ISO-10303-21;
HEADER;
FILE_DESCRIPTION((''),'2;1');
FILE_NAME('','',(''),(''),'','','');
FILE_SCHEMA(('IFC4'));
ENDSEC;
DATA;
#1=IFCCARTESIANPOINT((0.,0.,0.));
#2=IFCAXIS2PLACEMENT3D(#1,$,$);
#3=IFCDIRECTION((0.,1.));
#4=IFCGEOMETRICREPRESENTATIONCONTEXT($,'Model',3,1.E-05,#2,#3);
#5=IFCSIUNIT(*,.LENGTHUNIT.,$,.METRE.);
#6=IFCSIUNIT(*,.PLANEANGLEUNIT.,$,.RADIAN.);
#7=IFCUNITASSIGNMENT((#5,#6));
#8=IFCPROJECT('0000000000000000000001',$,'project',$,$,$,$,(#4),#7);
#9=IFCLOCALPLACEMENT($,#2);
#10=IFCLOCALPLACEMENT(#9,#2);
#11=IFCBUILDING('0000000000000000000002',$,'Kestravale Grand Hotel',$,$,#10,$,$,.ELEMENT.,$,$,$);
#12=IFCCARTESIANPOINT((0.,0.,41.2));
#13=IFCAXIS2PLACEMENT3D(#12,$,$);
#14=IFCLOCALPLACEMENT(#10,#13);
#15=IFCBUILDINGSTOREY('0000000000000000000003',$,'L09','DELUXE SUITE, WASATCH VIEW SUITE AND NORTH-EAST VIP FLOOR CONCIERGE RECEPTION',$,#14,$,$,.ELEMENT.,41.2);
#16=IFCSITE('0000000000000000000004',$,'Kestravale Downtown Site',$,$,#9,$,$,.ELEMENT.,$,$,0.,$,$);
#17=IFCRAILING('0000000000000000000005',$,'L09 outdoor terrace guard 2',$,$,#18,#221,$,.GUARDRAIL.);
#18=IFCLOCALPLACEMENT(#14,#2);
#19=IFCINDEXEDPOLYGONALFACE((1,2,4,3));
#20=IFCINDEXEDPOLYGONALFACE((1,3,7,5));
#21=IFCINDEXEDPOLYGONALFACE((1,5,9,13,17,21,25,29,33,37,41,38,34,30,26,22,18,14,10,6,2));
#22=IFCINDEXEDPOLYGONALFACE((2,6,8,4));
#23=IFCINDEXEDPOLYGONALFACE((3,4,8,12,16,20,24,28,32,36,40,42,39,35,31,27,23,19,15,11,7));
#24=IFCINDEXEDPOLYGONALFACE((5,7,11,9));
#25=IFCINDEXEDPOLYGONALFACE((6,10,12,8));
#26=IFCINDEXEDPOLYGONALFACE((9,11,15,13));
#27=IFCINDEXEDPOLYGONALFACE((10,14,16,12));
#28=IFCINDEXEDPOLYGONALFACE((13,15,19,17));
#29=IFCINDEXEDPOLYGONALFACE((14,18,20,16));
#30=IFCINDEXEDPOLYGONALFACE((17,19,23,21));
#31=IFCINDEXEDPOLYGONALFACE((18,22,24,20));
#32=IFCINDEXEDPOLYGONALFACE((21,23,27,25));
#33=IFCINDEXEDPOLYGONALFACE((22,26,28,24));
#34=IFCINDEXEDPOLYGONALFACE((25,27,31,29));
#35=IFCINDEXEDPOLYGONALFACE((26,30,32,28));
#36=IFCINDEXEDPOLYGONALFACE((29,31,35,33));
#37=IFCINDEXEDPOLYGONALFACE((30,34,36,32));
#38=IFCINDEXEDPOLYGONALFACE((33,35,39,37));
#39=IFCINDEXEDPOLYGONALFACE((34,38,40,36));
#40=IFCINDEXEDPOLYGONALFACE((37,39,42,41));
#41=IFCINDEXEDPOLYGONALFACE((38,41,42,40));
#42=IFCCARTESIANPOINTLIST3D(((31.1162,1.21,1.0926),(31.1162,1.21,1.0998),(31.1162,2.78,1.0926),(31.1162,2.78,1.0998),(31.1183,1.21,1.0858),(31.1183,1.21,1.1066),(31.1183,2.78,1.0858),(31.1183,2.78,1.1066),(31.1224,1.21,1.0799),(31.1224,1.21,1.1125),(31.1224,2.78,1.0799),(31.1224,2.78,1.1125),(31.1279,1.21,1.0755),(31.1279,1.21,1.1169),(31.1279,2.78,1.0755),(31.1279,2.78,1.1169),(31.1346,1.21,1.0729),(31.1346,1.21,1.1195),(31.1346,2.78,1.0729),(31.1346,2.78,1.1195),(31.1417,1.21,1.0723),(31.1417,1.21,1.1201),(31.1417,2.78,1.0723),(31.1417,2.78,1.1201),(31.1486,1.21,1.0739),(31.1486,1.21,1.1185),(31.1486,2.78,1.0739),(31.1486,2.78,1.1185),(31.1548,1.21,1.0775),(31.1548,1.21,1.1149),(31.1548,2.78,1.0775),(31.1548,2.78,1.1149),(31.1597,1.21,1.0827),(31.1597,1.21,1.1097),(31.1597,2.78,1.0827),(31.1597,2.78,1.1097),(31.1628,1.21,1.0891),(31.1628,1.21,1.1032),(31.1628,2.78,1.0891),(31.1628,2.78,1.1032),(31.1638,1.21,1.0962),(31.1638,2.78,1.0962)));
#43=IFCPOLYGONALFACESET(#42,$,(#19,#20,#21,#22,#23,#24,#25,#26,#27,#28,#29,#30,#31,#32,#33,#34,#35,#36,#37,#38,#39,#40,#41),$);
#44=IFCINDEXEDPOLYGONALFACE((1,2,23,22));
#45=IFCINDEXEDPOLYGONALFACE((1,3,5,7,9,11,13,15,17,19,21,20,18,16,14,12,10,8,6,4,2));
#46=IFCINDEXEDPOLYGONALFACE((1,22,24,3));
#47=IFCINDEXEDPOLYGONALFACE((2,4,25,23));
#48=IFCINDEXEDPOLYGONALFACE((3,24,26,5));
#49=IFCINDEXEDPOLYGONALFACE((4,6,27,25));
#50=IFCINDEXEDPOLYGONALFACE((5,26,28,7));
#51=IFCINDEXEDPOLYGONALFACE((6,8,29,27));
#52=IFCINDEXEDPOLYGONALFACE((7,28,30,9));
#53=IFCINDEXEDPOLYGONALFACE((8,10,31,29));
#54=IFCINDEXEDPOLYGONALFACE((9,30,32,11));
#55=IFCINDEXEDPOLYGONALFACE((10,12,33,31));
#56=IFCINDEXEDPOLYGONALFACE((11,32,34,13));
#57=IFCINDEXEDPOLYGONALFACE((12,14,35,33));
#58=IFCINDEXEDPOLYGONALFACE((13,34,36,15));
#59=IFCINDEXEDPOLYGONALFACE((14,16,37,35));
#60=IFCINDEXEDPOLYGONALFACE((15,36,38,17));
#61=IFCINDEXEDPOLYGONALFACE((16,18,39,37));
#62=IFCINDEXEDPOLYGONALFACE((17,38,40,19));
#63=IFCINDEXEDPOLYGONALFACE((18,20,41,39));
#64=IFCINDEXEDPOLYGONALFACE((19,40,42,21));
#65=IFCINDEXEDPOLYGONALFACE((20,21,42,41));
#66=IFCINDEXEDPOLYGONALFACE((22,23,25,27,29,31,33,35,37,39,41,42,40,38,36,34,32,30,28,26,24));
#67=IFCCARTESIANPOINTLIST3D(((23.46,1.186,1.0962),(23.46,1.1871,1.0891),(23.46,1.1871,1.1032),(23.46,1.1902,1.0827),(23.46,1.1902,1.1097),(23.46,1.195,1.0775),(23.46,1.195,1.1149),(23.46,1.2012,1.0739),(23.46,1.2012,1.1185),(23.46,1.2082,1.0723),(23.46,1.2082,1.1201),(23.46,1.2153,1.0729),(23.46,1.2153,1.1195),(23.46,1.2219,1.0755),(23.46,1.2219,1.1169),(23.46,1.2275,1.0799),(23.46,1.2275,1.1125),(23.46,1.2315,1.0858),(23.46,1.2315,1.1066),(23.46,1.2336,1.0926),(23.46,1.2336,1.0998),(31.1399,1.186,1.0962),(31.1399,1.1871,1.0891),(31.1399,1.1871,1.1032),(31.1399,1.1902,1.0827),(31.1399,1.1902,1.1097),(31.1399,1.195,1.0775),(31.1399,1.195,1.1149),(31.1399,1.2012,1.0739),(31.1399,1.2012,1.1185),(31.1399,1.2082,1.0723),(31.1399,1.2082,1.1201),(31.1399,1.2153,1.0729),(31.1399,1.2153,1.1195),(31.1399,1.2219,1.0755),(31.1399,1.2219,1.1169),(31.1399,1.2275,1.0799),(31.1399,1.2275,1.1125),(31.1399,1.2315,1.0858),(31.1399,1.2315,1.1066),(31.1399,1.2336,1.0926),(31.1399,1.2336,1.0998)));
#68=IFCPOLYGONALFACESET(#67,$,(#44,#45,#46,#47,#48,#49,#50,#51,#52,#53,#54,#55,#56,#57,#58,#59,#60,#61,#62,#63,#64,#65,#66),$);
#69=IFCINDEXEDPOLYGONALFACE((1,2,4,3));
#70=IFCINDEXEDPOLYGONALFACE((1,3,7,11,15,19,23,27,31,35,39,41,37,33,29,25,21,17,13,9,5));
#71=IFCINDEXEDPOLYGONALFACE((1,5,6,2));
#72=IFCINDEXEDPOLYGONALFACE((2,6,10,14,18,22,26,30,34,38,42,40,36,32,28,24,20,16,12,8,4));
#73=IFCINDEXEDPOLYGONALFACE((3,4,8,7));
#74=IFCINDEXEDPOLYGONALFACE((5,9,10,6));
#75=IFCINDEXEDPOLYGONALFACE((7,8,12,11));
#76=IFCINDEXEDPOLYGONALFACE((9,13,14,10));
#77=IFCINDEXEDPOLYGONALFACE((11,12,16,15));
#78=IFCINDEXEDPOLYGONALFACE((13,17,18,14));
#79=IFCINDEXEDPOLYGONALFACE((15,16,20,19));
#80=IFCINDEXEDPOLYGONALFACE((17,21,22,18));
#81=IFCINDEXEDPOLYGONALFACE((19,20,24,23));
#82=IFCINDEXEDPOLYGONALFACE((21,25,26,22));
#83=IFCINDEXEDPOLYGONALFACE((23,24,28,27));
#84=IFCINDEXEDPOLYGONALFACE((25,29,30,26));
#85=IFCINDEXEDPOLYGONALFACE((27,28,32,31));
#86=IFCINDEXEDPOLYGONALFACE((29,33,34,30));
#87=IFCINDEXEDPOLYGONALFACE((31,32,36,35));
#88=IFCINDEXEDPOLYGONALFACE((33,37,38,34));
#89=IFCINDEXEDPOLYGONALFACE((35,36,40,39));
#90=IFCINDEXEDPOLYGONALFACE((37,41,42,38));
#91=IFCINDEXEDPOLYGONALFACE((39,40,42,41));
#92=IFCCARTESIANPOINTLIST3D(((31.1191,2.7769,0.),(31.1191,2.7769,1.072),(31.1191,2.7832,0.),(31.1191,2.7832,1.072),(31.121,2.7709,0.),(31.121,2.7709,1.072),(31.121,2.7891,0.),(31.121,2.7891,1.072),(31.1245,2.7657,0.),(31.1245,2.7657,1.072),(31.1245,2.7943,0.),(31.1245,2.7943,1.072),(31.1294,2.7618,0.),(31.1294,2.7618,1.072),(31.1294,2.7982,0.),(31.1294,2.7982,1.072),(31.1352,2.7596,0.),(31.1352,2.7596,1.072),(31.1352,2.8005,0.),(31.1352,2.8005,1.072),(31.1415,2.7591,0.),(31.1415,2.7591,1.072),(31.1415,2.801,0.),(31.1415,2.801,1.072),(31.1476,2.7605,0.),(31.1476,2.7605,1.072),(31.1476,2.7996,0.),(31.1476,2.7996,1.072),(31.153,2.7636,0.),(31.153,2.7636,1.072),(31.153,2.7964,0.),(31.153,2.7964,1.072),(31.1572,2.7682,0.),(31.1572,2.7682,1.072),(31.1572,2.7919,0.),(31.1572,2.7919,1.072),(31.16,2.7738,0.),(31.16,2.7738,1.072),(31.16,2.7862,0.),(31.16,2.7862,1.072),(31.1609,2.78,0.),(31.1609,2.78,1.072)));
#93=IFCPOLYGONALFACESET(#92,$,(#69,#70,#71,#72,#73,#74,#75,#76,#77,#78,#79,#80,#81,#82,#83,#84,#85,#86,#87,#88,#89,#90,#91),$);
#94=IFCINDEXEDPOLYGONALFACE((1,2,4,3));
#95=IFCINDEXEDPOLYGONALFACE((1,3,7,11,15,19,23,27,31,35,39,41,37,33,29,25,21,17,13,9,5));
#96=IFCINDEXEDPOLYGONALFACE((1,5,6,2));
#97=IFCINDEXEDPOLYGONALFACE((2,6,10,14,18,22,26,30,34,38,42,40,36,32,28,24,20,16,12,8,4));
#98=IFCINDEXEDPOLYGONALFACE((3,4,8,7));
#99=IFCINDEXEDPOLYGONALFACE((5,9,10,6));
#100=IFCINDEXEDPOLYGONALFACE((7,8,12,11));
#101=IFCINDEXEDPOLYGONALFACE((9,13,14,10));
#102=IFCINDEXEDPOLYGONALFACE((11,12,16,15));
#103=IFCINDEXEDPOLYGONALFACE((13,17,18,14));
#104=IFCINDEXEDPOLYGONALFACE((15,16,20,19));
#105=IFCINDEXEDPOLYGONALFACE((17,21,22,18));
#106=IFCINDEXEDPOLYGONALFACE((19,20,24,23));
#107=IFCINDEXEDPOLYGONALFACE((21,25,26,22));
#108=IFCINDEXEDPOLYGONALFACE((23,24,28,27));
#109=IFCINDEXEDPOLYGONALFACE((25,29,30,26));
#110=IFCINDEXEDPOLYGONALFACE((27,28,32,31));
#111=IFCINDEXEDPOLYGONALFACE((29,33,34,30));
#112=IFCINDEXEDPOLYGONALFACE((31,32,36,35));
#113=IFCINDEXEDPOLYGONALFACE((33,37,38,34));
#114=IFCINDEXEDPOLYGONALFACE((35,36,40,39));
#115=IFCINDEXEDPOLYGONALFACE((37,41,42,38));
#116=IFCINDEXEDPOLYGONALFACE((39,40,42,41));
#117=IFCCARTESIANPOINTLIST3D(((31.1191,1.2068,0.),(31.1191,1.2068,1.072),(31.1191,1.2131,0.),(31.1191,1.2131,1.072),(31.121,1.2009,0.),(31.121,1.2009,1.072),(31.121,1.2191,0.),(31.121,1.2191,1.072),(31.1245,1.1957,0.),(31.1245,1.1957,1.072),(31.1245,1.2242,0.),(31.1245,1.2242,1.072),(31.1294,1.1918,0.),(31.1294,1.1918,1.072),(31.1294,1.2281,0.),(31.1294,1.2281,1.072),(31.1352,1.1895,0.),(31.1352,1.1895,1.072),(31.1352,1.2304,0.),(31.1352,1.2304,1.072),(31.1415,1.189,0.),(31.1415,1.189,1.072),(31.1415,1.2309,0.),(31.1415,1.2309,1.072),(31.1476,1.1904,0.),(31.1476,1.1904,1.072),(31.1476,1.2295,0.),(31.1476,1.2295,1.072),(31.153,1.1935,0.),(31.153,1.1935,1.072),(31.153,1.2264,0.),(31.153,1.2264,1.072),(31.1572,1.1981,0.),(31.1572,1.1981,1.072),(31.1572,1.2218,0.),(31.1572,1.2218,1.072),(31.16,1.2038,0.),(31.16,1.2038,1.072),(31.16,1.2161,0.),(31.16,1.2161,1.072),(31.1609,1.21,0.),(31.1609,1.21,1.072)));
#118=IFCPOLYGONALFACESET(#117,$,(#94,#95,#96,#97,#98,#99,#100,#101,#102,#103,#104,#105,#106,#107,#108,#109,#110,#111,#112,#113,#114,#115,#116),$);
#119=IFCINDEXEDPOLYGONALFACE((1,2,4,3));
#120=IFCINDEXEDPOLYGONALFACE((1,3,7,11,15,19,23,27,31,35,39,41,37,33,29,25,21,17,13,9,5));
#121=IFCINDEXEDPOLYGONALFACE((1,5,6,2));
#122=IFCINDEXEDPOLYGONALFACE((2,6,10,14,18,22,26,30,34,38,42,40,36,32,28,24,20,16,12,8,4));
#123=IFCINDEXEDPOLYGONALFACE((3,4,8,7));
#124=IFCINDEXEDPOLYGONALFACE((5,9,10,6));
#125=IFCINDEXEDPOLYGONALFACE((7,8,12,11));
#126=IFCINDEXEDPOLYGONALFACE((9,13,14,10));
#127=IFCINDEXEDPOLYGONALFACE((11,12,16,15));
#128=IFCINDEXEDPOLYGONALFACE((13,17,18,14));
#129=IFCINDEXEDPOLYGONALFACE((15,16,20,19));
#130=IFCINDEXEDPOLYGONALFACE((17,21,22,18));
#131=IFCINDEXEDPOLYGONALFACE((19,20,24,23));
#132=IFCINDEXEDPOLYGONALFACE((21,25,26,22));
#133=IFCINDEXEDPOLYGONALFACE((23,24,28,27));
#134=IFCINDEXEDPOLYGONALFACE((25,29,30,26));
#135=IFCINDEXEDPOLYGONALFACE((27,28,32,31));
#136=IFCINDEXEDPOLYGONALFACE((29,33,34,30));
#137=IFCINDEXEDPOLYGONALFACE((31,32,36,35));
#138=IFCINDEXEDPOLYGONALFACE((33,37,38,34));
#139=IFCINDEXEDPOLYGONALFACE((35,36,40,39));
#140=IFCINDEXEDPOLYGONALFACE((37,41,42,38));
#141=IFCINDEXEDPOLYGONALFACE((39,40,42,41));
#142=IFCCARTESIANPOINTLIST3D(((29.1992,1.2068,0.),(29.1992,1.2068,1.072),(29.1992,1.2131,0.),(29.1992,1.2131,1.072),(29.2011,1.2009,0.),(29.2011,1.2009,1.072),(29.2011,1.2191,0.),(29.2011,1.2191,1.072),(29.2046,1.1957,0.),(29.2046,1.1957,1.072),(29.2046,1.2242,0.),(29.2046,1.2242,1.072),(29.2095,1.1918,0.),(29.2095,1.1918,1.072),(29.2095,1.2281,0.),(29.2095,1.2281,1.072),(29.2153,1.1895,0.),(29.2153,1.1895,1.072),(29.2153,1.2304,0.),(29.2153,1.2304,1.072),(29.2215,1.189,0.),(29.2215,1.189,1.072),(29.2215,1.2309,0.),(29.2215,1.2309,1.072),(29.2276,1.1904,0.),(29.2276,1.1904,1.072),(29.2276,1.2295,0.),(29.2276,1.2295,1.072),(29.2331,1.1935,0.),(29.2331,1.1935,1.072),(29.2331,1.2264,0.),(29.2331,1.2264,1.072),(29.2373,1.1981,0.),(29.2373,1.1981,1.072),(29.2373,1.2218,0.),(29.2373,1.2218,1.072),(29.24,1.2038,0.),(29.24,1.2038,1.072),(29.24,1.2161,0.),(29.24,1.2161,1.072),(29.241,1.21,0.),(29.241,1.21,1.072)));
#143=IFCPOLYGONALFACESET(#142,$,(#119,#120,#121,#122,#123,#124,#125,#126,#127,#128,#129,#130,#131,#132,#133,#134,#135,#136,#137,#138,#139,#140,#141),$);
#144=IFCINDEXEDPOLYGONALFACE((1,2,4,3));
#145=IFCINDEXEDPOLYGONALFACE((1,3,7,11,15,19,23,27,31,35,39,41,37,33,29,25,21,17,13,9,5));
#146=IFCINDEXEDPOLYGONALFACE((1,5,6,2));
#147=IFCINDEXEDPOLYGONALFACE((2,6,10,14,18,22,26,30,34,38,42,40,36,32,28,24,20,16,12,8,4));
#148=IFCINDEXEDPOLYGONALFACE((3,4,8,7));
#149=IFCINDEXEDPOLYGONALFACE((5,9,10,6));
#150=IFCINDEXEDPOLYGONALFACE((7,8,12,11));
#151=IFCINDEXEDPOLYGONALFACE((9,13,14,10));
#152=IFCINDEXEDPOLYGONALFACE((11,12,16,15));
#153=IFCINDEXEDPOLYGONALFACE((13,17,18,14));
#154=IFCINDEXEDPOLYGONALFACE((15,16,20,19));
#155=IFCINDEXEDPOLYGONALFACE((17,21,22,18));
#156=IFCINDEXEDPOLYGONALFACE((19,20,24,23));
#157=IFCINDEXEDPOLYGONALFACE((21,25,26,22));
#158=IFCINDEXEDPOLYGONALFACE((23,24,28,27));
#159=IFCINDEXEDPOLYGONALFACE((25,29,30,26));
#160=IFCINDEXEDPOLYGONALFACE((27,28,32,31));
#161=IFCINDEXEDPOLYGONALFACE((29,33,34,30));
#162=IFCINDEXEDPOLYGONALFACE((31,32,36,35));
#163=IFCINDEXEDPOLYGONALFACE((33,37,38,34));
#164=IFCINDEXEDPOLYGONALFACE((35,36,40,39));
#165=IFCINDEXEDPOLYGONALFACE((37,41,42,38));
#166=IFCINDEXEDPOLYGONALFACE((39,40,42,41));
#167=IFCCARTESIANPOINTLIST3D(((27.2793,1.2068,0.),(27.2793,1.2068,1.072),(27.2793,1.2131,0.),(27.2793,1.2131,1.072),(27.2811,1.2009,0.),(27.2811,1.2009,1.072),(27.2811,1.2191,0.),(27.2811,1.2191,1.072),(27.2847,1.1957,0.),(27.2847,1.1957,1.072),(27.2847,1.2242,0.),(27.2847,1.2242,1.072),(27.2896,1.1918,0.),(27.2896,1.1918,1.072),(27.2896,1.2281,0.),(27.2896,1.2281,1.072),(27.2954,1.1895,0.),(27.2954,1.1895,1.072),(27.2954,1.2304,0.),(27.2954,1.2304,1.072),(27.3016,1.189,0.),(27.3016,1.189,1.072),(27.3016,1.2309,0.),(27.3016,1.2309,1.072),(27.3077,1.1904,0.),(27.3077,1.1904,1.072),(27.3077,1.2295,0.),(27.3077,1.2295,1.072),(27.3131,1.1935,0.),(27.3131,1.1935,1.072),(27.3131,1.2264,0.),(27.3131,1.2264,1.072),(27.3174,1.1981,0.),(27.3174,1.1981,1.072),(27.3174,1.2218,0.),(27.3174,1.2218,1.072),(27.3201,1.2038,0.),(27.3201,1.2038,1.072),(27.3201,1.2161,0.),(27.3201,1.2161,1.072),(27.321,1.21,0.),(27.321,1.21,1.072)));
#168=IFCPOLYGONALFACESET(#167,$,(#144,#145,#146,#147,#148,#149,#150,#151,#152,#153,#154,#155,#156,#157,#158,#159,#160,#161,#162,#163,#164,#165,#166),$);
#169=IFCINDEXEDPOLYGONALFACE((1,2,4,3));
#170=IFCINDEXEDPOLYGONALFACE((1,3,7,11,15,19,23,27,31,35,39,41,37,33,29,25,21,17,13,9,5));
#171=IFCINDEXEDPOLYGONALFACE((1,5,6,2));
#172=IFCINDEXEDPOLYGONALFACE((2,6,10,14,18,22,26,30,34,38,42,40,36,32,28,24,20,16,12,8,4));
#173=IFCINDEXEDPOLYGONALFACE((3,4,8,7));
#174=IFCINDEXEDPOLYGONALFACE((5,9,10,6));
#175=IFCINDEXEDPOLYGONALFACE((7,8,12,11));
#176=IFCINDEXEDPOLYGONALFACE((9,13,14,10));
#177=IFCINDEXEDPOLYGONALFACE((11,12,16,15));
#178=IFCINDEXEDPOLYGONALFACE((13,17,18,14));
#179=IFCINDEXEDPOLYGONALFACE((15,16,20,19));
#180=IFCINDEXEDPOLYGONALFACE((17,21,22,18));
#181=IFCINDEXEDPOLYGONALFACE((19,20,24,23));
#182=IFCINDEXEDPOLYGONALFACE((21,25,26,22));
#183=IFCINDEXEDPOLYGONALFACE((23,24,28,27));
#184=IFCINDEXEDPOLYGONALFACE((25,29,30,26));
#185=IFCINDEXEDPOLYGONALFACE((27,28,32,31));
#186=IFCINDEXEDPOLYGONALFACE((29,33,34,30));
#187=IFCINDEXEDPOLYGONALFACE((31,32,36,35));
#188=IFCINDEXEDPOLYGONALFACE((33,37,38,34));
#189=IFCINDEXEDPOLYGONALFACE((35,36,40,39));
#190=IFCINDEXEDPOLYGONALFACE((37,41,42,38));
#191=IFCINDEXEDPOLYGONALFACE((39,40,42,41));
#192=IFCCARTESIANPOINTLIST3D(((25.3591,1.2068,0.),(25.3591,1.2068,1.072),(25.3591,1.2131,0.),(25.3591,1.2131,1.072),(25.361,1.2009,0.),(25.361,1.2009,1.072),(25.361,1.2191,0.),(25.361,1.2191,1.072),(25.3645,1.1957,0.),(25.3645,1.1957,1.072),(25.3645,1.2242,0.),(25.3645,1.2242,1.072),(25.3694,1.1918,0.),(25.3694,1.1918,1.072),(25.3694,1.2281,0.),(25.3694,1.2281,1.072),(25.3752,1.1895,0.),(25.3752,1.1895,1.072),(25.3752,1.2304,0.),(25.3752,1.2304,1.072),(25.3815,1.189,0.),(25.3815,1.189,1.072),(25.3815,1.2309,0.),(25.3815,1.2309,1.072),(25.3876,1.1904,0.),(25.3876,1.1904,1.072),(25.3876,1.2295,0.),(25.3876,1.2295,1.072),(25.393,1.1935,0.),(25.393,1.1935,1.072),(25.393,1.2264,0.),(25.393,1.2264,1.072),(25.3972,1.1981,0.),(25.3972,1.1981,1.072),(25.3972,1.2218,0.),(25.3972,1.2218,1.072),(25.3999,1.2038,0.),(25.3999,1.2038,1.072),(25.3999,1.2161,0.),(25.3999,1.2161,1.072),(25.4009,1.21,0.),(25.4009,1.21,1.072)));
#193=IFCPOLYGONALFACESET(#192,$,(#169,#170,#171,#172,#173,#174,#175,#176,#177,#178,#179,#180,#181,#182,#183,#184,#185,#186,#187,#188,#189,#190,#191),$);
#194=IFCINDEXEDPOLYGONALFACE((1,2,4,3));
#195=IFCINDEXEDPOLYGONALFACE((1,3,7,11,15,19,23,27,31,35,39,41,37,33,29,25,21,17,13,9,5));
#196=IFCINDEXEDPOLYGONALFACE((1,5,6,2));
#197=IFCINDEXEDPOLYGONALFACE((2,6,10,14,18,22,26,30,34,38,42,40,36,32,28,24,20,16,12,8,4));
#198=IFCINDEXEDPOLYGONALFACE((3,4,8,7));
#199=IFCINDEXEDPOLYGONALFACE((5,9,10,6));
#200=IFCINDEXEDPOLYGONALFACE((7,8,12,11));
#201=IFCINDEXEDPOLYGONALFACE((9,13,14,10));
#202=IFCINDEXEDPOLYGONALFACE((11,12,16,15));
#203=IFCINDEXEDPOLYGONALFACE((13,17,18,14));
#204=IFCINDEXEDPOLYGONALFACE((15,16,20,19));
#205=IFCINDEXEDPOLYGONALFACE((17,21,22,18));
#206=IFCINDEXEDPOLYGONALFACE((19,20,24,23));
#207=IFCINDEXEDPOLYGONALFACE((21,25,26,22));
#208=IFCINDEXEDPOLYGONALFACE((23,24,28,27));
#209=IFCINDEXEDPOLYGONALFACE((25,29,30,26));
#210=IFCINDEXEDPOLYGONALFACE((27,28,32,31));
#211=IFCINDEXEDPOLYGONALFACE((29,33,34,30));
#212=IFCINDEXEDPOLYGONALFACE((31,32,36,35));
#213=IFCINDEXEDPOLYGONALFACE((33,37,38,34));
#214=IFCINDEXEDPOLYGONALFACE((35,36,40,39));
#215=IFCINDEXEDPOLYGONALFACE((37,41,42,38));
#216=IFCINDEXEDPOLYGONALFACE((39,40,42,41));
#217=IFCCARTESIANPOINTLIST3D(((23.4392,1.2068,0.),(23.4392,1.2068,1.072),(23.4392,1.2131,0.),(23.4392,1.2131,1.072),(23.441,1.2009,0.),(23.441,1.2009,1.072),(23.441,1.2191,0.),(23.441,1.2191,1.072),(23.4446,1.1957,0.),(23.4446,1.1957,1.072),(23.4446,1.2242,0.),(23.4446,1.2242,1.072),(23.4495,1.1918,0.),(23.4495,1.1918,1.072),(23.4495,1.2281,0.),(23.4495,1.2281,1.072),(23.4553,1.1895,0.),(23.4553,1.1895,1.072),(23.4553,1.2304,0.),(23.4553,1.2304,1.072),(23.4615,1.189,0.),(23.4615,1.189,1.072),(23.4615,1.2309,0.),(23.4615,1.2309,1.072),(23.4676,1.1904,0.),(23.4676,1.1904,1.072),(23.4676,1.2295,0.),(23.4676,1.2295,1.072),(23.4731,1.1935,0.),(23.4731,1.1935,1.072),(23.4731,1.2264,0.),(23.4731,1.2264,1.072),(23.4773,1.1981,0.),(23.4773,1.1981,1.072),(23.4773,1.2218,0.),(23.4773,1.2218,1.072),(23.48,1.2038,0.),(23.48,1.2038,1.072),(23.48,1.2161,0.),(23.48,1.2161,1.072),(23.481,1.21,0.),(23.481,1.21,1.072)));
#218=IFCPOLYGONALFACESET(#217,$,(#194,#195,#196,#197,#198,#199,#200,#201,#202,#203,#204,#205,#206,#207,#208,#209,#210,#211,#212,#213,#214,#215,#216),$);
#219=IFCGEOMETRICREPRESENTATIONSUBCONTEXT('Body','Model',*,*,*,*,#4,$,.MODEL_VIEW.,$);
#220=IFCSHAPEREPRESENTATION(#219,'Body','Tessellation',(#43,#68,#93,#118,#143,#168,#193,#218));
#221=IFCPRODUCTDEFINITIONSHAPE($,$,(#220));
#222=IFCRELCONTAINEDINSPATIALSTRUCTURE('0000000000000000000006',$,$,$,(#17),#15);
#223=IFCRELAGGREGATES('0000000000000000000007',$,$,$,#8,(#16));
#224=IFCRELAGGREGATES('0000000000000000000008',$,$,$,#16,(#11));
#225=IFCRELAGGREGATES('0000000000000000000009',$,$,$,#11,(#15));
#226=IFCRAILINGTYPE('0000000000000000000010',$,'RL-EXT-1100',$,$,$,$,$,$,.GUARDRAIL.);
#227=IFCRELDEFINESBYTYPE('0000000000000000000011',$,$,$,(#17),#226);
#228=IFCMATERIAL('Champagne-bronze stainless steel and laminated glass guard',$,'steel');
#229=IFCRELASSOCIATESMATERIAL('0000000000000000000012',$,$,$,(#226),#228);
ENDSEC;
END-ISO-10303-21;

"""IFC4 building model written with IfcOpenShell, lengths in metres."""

from ifc_helpers import new_model, si_unit, direction, frame, origin, origin_2d, place, context, subcontext, project, spatial, circle, extrude, material, type_object, element, save


model = new_model("IFC4")

# Units and contexts
model_context = context("Model", 3, precision=1e-05, world=origin(), true_north=direction((0.0, 1.0)))
body_context = subcontext(model_context, "Body", "Model", "MODEL_VIEW")
ifc_project = project(units=[si_unit("LENGTHUNIT", "METRE"), si_unit("PLANEANGLEUNIT", "RADIAN")], contexts=[model_context])

# Site, building, storey
site_placement = place(None, origin())
site = spatial("IfcSite", under=ifc_project, at=site_placement, Name="Kestravale Downtown Site", CompositionType="ELEMENT", RefElevation=0.0)
building_placement = place(site_placement, origin())
building = spatial("IfcBuilding", under=site, at=building_placement, Name="Kestravale Grand Hotel", CompositionType="ELEMENT")
storey_placement = place(building_placement, frame((0.0, 0.0, 41.2)))
storey = spatial("IfcBuildingStorey", under=building, at=storey_placement, Name="L09", Description="DELUXE SUITE, WASATCH VIEW SUITE AND NORTH-EAST VIP FLOOR CONCIERGE RECEPTION", CompositionType="ELEMENT", Elevation=41.2)

# Railing
ifc_material_1 = material(Name="Champagne-bronze stainless steel and laminated glass guard", Category="steel")
railing_type = type_object("IfcRailingType", Name="RL-EXT-1100", PredefinedType="GUARDRAIL", material=ifc_material_1)
railing_1_placement = place(storey_placement, frame((31.1399, 2.78, 0.0)))
element("IfcRailing", 1, at=railing_1_placement, inside=storey, type_object=railing_type, Name="L09 outdoor terrace guard 2", PredefinedType="GUARDRAIL", context=body_context, shape_type="SweptSolid", body=[
    extrude(circle(Radius=0.0239, at=origin_2d()), frame((0.0, 0.0, 1.0962), z_axis=(0.0, -1.0, 0.0), x_axis=(1.0, 0.0, 0.0)), (0.0, 0.0, 1.0), 1.5701),
    extrude(circle(Radius=0.0239, at=origin_2d()), frame((0.0, -1.5701, 1.0962), z_axis=(-1.0, 0.0, 0.0), x_axis=(0.0, -1.0, 0.0)), (0.0, 0.0, 1.0), 7.6799),
    extrude(circle(Radius=0.021, at=origin_2d()), origin(), (0.0, 0.0, 1.0), 1.072),
    extrude(circle(Radius=0.021, at=origin_2d()), frame((0.0, -1.5701, 0.0)), (0.0, 0.0, 1.0), 1.072),
    extrude(circle(Radius=0.021, at=origin_2d()), frame((-1.9199, -1.5701, 0.0)), (0.0, 0.0, 1.0), 1.072),
    extrude(circle(Radius=0.021, at=origin_2d()), frame((-3.8398, -1.5701, 0.0)), (0.0, 0.0, 1.0), 1.072),
    extrude(circle(Radius=0.021, at=origin_2d()), frame((-5.76, -1.5701, 0.0)), (0.0, 0.0, 1.0), 1.072),
    extrude(circle(Radius=0.021, at=origin_2d()), frame((-7.6799, -1.5701, 0.0)), (0.0, 0.0, 1.0), 1.072),
])

save(model, "model.ifc")
